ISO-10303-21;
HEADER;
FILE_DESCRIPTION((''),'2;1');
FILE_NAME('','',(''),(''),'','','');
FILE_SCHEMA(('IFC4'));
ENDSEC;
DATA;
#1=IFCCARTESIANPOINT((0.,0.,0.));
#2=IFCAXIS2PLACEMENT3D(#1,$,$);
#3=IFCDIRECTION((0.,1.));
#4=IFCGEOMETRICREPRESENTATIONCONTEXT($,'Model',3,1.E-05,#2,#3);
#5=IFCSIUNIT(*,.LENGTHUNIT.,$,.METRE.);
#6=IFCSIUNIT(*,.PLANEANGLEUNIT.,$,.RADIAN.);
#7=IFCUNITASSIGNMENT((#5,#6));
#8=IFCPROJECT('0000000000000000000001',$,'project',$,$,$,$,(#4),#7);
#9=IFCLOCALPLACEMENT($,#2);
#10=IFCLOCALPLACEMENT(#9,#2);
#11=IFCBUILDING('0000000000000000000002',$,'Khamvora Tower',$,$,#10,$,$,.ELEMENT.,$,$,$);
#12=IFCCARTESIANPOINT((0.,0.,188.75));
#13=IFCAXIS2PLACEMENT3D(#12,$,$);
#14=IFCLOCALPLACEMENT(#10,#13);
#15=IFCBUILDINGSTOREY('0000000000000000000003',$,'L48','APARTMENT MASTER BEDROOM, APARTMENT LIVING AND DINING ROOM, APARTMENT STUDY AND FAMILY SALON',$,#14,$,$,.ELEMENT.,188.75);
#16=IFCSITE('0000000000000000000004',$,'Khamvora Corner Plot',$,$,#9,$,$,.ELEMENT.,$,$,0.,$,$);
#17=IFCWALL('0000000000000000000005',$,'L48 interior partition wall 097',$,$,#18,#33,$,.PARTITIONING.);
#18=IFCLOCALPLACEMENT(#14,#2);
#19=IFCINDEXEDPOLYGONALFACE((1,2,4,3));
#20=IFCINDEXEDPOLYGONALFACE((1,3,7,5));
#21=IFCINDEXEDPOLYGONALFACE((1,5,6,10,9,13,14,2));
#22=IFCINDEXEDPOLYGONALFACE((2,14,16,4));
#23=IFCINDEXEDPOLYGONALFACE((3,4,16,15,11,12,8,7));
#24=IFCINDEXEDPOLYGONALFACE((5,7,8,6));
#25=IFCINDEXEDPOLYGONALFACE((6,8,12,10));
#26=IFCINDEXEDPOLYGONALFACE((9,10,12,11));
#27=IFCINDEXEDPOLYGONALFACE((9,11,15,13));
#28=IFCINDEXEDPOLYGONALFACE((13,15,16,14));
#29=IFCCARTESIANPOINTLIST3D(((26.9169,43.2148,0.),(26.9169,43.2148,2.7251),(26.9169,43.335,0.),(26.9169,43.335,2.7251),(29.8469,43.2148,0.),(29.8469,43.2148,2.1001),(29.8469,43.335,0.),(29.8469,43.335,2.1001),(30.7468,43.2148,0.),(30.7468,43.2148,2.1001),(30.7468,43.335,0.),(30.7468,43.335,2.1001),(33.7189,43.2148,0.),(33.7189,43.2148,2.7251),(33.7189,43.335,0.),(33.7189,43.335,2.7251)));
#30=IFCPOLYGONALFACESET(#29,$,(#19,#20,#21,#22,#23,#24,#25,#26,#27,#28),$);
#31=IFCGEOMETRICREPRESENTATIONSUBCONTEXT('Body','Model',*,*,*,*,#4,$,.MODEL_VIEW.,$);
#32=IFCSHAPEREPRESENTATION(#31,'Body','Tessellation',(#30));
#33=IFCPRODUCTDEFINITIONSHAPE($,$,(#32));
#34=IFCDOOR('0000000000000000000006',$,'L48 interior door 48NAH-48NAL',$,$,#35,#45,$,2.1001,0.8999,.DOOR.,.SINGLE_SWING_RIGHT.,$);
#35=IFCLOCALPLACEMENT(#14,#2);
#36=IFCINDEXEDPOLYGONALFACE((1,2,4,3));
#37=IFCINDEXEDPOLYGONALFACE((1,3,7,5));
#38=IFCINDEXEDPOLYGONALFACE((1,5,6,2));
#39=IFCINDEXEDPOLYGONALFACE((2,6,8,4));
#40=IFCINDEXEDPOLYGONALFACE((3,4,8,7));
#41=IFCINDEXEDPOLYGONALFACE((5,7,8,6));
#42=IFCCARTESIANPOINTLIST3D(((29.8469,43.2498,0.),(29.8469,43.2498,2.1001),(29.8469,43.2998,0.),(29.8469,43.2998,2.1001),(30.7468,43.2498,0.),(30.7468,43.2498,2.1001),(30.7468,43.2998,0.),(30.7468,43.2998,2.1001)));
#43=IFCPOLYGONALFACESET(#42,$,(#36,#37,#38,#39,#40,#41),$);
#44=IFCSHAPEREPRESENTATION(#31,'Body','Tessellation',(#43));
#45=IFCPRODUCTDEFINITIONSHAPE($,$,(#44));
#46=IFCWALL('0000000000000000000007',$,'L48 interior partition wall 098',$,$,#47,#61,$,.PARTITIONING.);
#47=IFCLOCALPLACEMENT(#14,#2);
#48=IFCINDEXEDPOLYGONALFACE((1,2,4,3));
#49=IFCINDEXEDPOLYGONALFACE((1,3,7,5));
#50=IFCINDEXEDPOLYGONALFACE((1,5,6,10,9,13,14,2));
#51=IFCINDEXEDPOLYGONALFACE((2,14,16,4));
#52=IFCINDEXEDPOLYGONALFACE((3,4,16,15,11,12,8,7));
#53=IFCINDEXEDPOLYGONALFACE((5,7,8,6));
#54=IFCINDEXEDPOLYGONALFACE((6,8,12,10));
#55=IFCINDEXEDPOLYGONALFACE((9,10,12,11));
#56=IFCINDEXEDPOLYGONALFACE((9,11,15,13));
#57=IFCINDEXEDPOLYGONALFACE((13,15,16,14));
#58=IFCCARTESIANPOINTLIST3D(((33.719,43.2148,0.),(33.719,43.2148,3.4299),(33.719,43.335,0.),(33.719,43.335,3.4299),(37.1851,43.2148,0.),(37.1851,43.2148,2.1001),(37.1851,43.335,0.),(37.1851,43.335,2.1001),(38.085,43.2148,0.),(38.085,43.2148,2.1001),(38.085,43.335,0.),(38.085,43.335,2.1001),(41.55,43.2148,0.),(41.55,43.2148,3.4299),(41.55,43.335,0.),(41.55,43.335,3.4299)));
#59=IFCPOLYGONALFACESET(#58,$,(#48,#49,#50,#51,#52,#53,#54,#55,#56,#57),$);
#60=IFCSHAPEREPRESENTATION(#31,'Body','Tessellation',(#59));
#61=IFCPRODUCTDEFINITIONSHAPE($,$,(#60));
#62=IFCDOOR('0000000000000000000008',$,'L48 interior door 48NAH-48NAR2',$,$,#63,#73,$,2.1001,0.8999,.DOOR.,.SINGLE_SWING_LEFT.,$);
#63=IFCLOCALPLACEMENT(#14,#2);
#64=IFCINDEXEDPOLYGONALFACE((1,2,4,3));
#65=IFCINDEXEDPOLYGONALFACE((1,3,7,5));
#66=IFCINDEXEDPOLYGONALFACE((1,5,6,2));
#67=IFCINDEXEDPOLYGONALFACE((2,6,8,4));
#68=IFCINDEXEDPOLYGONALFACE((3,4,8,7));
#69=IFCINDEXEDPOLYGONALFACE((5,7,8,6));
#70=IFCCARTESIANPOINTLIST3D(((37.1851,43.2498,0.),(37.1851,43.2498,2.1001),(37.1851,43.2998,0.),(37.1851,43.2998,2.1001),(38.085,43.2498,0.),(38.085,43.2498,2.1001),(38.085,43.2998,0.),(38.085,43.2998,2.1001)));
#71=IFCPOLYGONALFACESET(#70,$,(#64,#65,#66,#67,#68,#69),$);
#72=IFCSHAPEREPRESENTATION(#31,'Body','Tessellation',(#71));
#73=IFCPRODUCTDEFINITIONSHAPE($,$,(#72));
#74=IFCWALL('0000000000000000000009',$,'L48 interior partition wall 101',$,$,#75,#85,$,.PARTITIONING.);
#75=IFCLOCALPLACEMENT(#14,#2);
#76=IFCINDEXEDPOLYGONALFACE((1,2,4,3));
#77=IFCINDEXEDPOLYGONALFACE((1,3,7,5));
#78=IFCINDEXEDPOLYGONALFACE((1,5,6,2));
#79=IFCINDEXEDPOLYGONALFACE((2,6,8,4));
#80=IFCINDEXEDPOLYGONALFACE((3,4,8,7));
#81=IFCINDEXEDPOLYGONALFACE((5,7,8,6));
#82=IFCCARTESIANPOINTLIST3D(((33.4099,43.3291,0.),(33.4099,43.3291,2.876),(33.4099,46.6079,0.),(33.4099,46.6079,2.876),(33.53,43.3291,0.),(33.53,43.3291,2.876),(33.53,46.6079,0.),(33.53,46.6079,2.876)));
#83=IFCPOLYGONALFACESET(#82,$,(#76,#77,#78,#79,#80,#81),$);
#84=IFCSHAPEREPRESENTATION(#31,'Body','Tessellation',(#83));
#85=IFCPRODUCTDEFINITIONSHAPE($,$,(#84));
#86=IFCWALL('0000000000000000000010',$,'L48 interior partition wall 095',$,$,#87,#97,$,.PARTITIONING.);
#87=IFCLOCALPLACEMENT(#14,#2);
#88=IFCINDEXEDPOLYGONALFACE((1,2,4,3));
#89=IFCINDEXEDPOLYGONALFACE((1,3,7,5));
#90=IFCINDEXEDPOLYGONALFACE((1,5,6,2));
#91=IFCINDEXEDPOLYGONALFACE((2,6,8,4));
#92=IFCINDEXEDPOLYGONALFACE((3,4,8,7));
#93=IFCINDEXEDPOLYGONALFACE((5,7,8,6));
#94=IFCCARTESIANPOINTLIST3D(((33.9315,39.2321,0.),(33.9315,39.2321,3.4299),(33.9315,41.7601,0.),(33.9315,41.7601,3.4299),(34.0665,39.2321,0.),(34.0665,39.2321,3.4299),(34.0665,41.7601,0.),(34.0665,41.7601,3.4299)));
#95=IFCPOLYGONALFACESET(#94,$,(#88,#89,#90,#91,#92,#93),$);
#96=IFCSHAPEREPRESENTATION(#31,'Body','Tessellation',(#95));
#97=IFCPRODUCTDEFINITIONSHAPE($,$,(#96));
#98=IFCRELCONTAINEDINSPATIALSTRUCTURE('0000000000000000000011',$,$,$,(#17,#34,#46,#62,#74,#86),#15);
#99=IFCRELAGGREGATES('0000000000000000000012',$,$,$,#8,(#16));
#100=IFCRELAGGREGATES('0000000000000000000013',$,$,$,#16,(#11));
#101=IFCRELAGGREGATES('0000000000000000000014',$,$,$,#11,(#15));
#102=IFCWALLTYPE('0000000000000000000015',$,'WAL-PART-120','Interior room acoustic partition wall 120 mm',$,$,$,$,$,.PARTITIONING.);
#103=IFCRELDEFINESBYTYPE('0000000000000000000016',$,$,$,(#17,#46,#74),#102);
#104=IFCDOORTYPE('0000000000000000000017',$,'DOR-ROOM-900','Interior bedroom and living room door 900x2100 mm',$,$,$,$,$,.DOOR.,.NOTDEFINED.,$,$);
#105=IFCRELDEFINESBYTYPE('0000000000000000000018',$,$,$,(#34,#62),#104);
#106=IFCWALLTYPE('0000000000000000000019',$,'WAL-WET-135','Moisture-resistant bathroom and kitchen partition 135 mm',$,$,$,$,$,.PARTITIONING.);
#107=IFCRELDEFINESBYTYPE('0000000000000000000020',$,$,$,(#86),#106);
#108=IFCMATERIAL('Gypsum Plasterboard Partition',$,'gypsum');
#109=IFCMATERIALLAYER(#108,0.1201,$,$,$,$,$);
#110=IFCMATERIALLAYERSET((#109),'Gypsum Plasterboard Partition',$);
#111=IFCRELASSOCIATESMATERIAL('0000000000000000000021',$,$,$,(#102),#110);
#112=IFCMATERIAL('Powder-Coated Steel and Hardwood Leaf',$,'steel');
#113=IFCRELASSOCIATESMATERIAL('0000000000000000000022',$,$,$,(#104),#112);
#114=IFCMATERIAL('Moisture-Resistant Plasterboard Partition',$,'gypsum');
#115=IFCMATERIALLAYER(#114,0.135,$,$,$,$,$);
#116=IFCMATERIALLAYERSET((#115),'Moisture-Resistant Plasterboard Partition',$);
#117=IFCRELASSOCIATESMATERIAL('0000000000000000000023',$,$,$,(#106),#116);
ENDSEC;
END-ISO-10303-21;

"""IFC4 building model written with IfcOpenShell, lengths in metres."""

from ifc_helpers import new_model, si_unit, direction, frame, frame_2d, origin, place, context, subcontext, project, spatial, rectangle, extrude, material, layer, layer_set, type_object, element, fill, save


model = new_model("IFC4")

# Units and contexts
model_context = context("Model", 3, precision=1e-05, world=origin(), true_north=direction((0.0, 1.0)))
body_context = subcontext(model_context, "Body", "Model", "MODEL_VIEW")
ifc_project = project(units=[si_unit("LENGTHUNIT", "METRE"), si_unit("PLANEANGLEUNIT", "RADIAN")], contexts=[model_context])

# Site, building, storey
site_placement = place(None, origin())
site = spatial("IfcSite", under=ifc_project, at=site_placement, Name="Khamvora Corner Plot", CompositionType="ELEMENT", RefElevation=0.0)
building_placement = place(site_placement, origin())
building = spatial("IfcBuilding", under=site, at=building_placement, Name="Khamvora Tower", CompositionType="ELEMENT")
storey_placement = place(building_placement, frame((0.0, 0.0, 188.75)))
storey = spatial("IfcBuildingStorey", under=building, at=storey_placement, Name="L48", Description="APARTMENT MASTER BEDROOM, APARTMENT LIVING AND DINING ROOM, APARTMENT STUDY AND FAMILY SALON", CompositionType="ELEMENT", Elevation=188.75)

# Shared definitions
ifc_material_1 = material(Name="Powder-Coated Steel and Hardwood Leaf", Category="steel")

# Walls, openings, doors
ifc_material_2 = material(Name="Gypsum Plasterboard Partition", Category="gypsum")
ifc_layer_1 = layer(ifc_material_2, 0.1201)
ifc_layer_set_1 = layer_set([ifc_layer_1], Name="Gypsum Plasterboard Partition")
wall_type_1 = type_object("IfcWallType", Name="WAL-PART-120", Description="Interior room acoustic partition wall 120 mm", PredefinedType="PARTITIONING", material=ifc_layer_set_1)
wall_1_placement = place(storey_placement, frame((26.917, 43.2749, 0.0), z_axis=(0.0, 0.0, 1.0), x_axis=(1.0, 0.0, 0.0)))
wall_1 = element("IfcWall", 1, at=wall_1_placement, inside=storey, type_object=wall_type_1, Name="L48 interior partition wall 097", PredefinedType="PARTITIONING", context=body_context, shape_type="SweptSolid", body=[
    extrude(rectangle(XDim=6.802, YDim=0.1201, at=frame_2d((3.4009, 0.0))), origin(), (0.0, 0.0, 1.0), 2.7251),
])
opening_1_placement = place(wall_1_placement, frame((2.9299, 0.0, 0.0)))
opening_1 = element("IfcOpeningElement", 2, at=opening_1_placement, cuts=wall_1, PredefinedType="OPENING", context=body_context, shape_type="SweptSolid", body=[
    extrude(rectangle(XDim=0.8999, YDim=2.1001, at=frame_2d((0.45, 1.05))), frame((0.0, 0.0701, 0.0), z_axis=(0.0, -1.0, 0.0), x_axis=(1.0, 0.0, 0.0)), (0.0, 0.0, 1.0), 0.1401),
])
door_type_1 = type_object("IfcDoorType", Name="DOR-ROOM-900", Description="Interior bedroom and living room door 900x2100 mm", OperationType="NOTDEFINED", PredefinedType="DOOR", material=ifc_material_1)
door_1_placement = place(opening_1_placement, origin())
door_1 = element("IfcDoor", 3, at=door_1_placement, inside=storey, type_object=door_type_1, Name="L48 interior door 48NAH-48NAL", OperationType="SINGLE_SWING_RIGHT", OverallHeight=2.1001, OverallWidth=0.8999, PredefinedType="DOOR", context=body_context, shape_type="SweptSolid", body=[
    extrude(rectangle(XDim=0.8999, YDim=2.1001, at=frame_2d((0.45, 1.05))), frame((0.0, 0.0249, 0.0), z_axis=(0.0, -1.0, 0.0), x_axis=(1.0, 0.0, 0.0)), (0.0, 0.0, 1.0), 0.05),
])
fill(opening_1, door_1)
wall_2_placement = place(storey_placement, frame((33.719, 43.2749, 0.0), z_axis=(0.0, 0.0, 1.0), x_axis=(1.0, 0.0, 0.0)))
wall_2 = element("IfcWall", 4, at=wall_2_placement, inside=storey, type_object=wall_type_1, Name="L48 interior partition wall 098", PredefinedType="PARTITIONING", context=body_context, shape_type="SweptSolid", body=[
    extrude(rectangle(XDim=7.8311, YDim=0.1201, at=frame_2d((3.9155, 0.0))), origin(), (0.0, 0.0, 1.0), 3.4299),
])
opening_2_placement = place(wall_2_placement, frame((3.4661, 0.0, 0.0)))
opening_2 = element("IfcOpeningElement", 5, at=opening_2_placement, cuts=wall_2, PredefinedType="OPENING", context=body_context, shape_type="SweptSolid", body=[
    extrude(rectangle(XDim=0.8999, YDim=2.1001, at=frame_2d((0.45, 1.05))), frame((0.0, 0.0701, 0.0), z_axis=(0.0, -1.0, 0.0), x_axis=(1.0, 0.0, 0.0)), (0.0, 0.0, 1.0), 0.1401),
])
door_2_placement = place(opening_2_placement, origin())
door_2 = element("IfcDoor", 6, at=door_2_placement, inside=storey, type_object=door_type_1, Name="L48 interior door 48NAH-48NAR2", OperationType="SINGLE_SWING_LEFT", OverallHeight=2.1001, OverallWidth=0.8999, PredefinedType="DOOR", context=body_context, shape_type="SweptSolid", body=[
    extrude(rectangle(XDim=0.8999, YDim=2.1001, at=frame_2d((0.45, 1.05))), frame((0.0, 0.0249, 0.0), z_axis=(0.0, -1.0, 0.0), x_axis=(1.0, 0.0, 0.0)), (0.0, 0.0, 1.0), 0.05),
])
fill(opening_2, door_2)

# Walls
wall_3_placement = place(storey_placement, frame((33.47, 46.6079, 0.0), z_axis=(0.0, 0.0, 1.0), x_axis=(0.0, -1.0, 0.0)))
element("IfcWall", 7, at=wall_3_placement, inside=storey, type_object=wall_type_1, Name="L48 interior partition wall 101", PredefinedType="PARTITIONING", context=body_context, shape_type="SweptSolid", body=[
    extrude(rectangle(XDim=3.2788, YDim=0.1201, at=frame_2d((1.6394, 0.0))), origin(), (0.0, 0.0, 1.0), 2.876),
])
ifc_material_3 = material(Name="Moisture-Resistant Plasterboard Partition", Category="gypsum")
ifc_layer_2 = layer(ifc_material_3, 0.135)
ifc_layer_set_2 = layer_set([ifc_layer_2], Name="Moisture-Resistant Plasterboard Partition")
wall_type_2 = type_object("IfcWallType", Name="WAL-WET-135", Description="Moisture-resistant bathroom and kitchen partition 135 mm", PredefinedType="PARTITIONING", material=ifc_layer_set_2)
wall_4_placement = place(storey_placement, frame((33.999, 39.2319, 0.0), z_axis=(0.0, 0.0, 1.0), x_axis=(0.0, 1.0, 0.0)))
element("IfcWall", 8, at=wall_4_placement, inside=storey, type_object=wall_type_2, Name="L48 interior partition wall 095", PredefinedType="PARTITIONING", context=body_context, shape_type="SweptSolid", body=[
    extrude(rectangle(XDim=2.5281, YDim=0.135, at=frame_2d((1.2642, 0.0))), origin(), (0.0, 0.0, 1.0), 3.4299),
])

save(model, "model.ifc")
